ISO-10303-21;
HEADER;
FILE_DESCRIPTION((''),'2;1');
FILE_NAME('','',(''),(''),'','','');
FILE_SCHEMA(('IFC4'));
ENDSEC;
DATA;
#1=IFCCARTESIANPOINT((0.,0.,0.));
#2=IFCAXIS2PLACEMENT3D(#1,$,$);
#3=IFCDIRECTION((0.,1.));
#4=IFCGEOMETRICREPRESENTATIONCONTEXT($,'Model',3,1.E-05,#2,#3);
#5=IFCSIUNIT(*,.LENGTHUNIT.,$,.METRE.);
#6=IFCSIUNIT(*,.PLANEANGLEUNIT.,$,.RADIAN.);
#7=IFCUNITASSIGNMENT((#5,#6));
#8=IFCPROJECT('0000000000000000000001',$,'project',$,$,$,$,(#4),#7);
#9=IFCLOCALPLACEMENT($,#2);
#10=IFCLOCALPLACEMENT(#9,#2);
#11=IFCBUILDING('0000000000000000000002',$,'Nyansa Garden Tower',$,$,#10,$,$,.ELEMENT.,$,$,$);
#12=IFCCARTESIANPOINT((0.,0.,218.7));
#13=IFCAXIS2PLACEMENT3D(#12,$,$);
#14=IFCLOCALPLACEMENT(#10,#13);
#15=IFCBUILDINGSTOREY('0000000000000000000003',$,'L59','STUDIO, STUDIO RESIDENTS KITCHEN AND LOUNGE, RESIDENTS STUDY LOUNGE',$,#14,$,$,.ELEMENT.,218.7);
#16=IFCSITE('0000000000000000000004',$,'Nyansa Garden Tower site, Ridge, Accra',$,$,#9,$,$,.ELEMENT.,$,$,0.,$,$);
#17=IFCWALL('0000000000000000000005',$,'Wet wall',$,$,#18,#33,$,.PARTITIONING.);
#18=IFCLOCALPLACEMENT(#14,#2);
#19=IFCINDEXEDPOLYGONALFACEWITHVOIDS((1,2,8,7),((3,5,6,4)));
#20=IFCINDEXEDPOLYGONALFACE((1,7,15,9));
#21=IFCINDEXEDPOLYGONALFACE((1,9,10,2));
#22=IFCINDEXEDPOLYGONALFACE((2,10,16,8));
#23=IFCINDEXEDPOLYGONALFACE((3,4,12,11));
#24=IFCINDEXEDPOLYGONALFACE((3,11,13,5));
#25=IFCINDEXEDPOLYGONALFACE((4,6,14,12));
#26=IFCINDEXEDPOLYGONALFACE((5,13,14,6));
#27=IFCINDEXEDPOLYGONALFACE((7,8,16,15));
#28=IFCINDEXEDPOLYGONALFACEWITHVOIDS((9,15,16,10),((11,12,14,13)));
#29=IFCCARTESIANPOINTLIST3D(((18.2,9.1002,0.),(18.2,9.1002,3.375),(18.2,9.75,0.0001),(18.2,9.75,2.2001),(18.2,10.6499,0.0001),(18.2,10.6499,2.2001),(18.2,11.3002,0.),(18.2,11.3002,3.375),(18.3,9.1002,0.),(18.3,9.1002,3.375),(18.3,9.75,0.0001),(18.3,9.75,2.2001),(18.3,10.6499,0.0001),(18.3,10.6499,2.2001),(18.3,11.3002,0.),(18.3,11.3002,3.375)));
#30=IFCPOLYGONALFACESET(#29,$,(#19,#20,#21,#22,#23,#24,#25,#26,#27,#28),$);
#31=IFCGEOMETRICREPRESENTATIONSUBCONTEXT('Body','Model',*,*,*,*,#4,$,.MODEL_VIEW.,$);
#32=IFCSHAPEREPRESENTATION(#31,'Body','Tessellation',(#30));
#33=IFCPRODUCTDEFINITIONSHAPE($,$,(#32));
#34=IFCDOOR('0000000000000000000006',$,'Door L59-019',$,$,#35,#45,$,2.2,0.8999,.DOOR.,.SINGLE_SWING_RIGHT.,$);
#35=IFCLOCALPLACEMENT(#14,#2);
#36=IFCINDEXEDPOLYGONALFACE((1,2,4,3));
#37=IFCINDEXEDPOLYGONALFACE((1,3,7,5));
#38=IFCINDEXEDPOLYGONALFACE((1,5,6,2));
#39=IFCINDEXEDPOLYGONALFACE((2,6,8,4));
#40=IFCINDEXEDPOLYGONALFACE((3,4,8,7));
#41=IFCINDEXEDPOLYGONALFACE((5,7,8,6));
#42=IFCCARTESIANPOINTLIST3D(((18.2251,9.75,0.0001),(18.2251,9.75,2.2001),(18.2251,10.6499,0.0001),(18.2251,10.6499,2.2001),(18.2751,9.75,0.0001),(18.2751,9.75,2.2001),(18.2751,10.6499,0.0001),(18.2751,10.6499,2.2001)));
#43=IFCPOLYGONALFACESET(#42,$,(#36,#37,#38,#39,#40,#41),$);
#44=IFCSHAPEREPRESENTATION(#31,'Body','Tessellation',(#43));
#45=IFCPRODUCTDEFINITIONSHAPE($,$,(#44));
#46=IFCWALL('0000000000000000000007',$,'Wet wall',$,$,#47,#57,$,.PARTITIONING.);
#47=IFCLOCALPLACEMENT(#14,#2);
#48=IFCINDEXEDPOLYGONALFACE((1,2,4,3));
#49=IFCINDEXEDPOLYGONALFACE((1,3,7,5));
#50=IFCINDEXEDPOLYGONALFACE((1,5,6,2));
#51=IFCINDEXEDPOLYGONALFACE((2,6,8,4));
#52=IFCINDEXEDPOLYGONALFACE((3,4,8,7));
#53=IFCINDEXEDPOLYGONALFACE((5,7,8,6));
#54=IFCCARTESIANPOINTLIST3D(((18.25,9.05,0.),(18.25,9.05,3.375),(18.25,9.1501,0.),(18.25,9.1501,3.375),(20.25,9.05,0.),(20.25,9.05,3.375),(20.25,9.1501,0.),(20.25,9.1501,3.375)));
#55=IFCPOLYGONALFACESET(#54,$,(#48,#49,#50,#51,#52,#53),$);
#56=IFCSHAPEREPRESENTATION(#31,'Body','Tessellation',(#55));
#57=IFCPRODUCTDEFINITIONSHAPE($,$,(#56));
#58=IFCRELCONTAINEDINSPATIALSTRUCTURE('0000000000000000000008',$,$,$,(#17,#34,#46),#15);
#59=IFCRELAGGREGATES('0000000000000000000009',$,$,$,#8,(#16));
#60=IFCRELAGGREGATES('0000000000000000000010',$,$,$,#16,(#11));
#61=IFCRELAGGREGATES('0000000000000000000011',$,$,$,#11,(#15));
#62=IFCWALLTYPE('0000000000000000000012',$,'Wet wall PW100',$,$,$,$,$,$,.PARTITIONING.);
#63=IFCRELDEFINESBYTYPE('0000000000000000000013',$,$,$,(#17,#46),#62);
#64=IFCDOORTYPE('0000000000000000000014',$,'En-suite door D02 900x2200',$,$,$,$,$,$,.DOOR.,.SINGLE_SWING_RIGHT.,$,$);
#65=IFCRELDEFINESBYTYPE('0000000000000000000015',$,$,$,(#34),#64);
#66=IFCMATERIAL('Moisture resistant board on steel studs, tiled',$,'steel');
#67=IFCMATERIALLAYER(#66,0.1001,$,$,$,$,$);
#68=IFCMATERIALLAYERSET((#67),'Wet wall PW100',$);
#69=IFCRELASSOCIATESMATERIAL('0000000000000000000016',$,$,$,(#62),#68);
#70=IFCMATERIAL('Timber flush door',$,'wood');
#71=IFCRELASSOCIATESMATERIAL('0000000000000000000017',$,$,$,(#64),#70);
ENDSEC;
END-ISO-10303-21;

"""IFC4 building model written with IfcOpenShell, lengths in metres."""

from ifc_helpers import new_model, si_unit, direction, frame, frame_2d, origin, place, context, subcontext, project, spatial, rectangle, extrude, material, layer, layer_set, type_object, element, fill, save


model = new_model("IFC4")

# Units and contexts
model_context = context("Model", 3, precision=1e-05, world=origin(), true_north=direction((0.0, 1.0)))
body_context = subcontext(model_context, "Body", "Model", "MODEL_VIEW")
ifc_project = project(units=[si_unit("LENGTHUNIT", "METRE"), si_unit("PLANEANGLEUNIT", "RADIAN")], contexts=[model_context])

# Site, building, storey
site_placement = place(None, origin())
site = spatial("IfcSite", under=ifc_project, at=site_placement, Name="Nyansa Garden Tower site, Ridge, Accra", CompositionType="ELEMENT", RefElevation=0.0)
building_placement = place(site_placement, origin())
building = spatial("IfcBuilding", under=site, at=building_placement, Name="Nyansa Garden Tower", CompositionType="ELEMENT")
storey_placement = place(building_placement, frame((0.0, 0.0, 218.7)))
storey = spatial("IfcBuildingStorey", under=building, at=storey_placement, Name="L59", Description="STUDIO, STUDIO RESIDENTS KITCHEN AND LOUNGE, RESIDENTS STUDY LOUNGE", CompositionType="ELEMENT", Elevation=218.7)

# Wall, opening, door
ifc_material_1 = material(Name="Moisture resistant board on steel studs, tiled", Category="steel")
ifc_layer_1 = layer(ifc_material_1, 0.1001)
ifc_layer_set_1 = layer_set([ifc_layer_1], Name="Wet wall PW100")
wall_type_1 = type_object("IfcWallType", Name="Wet wall PW100", PredefinedType="PARTITIONING", material=ifc_layer_set_1)
wall_1_placement = place(storey_placement, frame((18.25, 9.1001, 0.0), z_axis=(0.0, 0.0, 1.0), x_axis=(0.0, 1.0, 0.0)))
wall_1 = element("IfcWall", 1, at=wall_1_placement, inside=storey, type_object=wall_type_1, Name="Wet wall", PredefinedType="PARTITIONING", context=body_context, shape_type="SweptSolid", body=[
    extrude(rectangle(XDim=2.2, YDim=0.1001, at=frame_2d((1.1001, 0.0))), origin(), (0.0, 0.0, 1.0), 3.375),
])
opening_1_placement = place(wall_1_placement, frame((0.6499, 0.0, 0.0)))
opening_1 = element("IfcOpeningElement", 2, at=opening_1_placement, cuts=wall_1, PredefinedType="OPENING", context=body_context, shape_type="SweptSolid", body=[
    extrude(rectangle(XDim=0.8999, YDim=2.2, at=frame_2d((0.45, 1.1001))), frame((0.0, 0.0601, 0.0), z_axis=(0.0, -1.0, 0.0), x_axis=(1.0, 0.0, 0.0)), (0.0, 0.0, 1.0), 0.1201),
])
ifc_material_2 = material(Name="Timber flush door", Category="wood")
door_type_1 = type_object("IfcDoorType", Name="En-suite door D02 900x2200", OperationType="SINGLE_SWING_RIGHT", PredefinedType="DOOR", material=ifc_material_2)
door_1_placement = place(opening_1_placement, origin())
door_1 = element("IfcDoor", 3, at=door_1_placement, inside=storey, type_object=door_type_1, Name="Door L59-019", OperationType="SINGLE_SWING_RIGHT", OverallHeight=2.2, OverallWidth=0.8999, PredefinedType="DOOR", context=body_context, shape_type="SweptSolid", body=[
    extrude(rectangle(XDim=0.8999, YDim=2.2, at=frame_2d((0.45, 1.1001))), frame((0.0, 0.0249, 0.0), z_axis=(0.0, -1.0, 0.0), x_axis=(1.0, 0.0, 0.0)), (0.0, 0.0, 1.0), 0.05),
])
fill(opening_1, door_1)

# Wall
wall_2_placement = place(storey_placement, frame((18.25, 9.1001, 0.0), z_axis=(0.0, 0.0, 1.0), x_axis=(1.0, 0.0, 0.0)))
element("IfcWall", 4, at=wall_2_placement, inside=storey, type_object=wall_type_1, Name="Wet wall", PredefinedType="PARTITIONING", context=body_context, shape_type="SweptSolid", body=[
    extrude(rectangle(XDim=2.0, YDim=0.1001, at=frame_2d((1.0, 0.0))), origin(), (0.0, 0.0, 1.0), 3.375),
])

save(model, "model.ifc")
